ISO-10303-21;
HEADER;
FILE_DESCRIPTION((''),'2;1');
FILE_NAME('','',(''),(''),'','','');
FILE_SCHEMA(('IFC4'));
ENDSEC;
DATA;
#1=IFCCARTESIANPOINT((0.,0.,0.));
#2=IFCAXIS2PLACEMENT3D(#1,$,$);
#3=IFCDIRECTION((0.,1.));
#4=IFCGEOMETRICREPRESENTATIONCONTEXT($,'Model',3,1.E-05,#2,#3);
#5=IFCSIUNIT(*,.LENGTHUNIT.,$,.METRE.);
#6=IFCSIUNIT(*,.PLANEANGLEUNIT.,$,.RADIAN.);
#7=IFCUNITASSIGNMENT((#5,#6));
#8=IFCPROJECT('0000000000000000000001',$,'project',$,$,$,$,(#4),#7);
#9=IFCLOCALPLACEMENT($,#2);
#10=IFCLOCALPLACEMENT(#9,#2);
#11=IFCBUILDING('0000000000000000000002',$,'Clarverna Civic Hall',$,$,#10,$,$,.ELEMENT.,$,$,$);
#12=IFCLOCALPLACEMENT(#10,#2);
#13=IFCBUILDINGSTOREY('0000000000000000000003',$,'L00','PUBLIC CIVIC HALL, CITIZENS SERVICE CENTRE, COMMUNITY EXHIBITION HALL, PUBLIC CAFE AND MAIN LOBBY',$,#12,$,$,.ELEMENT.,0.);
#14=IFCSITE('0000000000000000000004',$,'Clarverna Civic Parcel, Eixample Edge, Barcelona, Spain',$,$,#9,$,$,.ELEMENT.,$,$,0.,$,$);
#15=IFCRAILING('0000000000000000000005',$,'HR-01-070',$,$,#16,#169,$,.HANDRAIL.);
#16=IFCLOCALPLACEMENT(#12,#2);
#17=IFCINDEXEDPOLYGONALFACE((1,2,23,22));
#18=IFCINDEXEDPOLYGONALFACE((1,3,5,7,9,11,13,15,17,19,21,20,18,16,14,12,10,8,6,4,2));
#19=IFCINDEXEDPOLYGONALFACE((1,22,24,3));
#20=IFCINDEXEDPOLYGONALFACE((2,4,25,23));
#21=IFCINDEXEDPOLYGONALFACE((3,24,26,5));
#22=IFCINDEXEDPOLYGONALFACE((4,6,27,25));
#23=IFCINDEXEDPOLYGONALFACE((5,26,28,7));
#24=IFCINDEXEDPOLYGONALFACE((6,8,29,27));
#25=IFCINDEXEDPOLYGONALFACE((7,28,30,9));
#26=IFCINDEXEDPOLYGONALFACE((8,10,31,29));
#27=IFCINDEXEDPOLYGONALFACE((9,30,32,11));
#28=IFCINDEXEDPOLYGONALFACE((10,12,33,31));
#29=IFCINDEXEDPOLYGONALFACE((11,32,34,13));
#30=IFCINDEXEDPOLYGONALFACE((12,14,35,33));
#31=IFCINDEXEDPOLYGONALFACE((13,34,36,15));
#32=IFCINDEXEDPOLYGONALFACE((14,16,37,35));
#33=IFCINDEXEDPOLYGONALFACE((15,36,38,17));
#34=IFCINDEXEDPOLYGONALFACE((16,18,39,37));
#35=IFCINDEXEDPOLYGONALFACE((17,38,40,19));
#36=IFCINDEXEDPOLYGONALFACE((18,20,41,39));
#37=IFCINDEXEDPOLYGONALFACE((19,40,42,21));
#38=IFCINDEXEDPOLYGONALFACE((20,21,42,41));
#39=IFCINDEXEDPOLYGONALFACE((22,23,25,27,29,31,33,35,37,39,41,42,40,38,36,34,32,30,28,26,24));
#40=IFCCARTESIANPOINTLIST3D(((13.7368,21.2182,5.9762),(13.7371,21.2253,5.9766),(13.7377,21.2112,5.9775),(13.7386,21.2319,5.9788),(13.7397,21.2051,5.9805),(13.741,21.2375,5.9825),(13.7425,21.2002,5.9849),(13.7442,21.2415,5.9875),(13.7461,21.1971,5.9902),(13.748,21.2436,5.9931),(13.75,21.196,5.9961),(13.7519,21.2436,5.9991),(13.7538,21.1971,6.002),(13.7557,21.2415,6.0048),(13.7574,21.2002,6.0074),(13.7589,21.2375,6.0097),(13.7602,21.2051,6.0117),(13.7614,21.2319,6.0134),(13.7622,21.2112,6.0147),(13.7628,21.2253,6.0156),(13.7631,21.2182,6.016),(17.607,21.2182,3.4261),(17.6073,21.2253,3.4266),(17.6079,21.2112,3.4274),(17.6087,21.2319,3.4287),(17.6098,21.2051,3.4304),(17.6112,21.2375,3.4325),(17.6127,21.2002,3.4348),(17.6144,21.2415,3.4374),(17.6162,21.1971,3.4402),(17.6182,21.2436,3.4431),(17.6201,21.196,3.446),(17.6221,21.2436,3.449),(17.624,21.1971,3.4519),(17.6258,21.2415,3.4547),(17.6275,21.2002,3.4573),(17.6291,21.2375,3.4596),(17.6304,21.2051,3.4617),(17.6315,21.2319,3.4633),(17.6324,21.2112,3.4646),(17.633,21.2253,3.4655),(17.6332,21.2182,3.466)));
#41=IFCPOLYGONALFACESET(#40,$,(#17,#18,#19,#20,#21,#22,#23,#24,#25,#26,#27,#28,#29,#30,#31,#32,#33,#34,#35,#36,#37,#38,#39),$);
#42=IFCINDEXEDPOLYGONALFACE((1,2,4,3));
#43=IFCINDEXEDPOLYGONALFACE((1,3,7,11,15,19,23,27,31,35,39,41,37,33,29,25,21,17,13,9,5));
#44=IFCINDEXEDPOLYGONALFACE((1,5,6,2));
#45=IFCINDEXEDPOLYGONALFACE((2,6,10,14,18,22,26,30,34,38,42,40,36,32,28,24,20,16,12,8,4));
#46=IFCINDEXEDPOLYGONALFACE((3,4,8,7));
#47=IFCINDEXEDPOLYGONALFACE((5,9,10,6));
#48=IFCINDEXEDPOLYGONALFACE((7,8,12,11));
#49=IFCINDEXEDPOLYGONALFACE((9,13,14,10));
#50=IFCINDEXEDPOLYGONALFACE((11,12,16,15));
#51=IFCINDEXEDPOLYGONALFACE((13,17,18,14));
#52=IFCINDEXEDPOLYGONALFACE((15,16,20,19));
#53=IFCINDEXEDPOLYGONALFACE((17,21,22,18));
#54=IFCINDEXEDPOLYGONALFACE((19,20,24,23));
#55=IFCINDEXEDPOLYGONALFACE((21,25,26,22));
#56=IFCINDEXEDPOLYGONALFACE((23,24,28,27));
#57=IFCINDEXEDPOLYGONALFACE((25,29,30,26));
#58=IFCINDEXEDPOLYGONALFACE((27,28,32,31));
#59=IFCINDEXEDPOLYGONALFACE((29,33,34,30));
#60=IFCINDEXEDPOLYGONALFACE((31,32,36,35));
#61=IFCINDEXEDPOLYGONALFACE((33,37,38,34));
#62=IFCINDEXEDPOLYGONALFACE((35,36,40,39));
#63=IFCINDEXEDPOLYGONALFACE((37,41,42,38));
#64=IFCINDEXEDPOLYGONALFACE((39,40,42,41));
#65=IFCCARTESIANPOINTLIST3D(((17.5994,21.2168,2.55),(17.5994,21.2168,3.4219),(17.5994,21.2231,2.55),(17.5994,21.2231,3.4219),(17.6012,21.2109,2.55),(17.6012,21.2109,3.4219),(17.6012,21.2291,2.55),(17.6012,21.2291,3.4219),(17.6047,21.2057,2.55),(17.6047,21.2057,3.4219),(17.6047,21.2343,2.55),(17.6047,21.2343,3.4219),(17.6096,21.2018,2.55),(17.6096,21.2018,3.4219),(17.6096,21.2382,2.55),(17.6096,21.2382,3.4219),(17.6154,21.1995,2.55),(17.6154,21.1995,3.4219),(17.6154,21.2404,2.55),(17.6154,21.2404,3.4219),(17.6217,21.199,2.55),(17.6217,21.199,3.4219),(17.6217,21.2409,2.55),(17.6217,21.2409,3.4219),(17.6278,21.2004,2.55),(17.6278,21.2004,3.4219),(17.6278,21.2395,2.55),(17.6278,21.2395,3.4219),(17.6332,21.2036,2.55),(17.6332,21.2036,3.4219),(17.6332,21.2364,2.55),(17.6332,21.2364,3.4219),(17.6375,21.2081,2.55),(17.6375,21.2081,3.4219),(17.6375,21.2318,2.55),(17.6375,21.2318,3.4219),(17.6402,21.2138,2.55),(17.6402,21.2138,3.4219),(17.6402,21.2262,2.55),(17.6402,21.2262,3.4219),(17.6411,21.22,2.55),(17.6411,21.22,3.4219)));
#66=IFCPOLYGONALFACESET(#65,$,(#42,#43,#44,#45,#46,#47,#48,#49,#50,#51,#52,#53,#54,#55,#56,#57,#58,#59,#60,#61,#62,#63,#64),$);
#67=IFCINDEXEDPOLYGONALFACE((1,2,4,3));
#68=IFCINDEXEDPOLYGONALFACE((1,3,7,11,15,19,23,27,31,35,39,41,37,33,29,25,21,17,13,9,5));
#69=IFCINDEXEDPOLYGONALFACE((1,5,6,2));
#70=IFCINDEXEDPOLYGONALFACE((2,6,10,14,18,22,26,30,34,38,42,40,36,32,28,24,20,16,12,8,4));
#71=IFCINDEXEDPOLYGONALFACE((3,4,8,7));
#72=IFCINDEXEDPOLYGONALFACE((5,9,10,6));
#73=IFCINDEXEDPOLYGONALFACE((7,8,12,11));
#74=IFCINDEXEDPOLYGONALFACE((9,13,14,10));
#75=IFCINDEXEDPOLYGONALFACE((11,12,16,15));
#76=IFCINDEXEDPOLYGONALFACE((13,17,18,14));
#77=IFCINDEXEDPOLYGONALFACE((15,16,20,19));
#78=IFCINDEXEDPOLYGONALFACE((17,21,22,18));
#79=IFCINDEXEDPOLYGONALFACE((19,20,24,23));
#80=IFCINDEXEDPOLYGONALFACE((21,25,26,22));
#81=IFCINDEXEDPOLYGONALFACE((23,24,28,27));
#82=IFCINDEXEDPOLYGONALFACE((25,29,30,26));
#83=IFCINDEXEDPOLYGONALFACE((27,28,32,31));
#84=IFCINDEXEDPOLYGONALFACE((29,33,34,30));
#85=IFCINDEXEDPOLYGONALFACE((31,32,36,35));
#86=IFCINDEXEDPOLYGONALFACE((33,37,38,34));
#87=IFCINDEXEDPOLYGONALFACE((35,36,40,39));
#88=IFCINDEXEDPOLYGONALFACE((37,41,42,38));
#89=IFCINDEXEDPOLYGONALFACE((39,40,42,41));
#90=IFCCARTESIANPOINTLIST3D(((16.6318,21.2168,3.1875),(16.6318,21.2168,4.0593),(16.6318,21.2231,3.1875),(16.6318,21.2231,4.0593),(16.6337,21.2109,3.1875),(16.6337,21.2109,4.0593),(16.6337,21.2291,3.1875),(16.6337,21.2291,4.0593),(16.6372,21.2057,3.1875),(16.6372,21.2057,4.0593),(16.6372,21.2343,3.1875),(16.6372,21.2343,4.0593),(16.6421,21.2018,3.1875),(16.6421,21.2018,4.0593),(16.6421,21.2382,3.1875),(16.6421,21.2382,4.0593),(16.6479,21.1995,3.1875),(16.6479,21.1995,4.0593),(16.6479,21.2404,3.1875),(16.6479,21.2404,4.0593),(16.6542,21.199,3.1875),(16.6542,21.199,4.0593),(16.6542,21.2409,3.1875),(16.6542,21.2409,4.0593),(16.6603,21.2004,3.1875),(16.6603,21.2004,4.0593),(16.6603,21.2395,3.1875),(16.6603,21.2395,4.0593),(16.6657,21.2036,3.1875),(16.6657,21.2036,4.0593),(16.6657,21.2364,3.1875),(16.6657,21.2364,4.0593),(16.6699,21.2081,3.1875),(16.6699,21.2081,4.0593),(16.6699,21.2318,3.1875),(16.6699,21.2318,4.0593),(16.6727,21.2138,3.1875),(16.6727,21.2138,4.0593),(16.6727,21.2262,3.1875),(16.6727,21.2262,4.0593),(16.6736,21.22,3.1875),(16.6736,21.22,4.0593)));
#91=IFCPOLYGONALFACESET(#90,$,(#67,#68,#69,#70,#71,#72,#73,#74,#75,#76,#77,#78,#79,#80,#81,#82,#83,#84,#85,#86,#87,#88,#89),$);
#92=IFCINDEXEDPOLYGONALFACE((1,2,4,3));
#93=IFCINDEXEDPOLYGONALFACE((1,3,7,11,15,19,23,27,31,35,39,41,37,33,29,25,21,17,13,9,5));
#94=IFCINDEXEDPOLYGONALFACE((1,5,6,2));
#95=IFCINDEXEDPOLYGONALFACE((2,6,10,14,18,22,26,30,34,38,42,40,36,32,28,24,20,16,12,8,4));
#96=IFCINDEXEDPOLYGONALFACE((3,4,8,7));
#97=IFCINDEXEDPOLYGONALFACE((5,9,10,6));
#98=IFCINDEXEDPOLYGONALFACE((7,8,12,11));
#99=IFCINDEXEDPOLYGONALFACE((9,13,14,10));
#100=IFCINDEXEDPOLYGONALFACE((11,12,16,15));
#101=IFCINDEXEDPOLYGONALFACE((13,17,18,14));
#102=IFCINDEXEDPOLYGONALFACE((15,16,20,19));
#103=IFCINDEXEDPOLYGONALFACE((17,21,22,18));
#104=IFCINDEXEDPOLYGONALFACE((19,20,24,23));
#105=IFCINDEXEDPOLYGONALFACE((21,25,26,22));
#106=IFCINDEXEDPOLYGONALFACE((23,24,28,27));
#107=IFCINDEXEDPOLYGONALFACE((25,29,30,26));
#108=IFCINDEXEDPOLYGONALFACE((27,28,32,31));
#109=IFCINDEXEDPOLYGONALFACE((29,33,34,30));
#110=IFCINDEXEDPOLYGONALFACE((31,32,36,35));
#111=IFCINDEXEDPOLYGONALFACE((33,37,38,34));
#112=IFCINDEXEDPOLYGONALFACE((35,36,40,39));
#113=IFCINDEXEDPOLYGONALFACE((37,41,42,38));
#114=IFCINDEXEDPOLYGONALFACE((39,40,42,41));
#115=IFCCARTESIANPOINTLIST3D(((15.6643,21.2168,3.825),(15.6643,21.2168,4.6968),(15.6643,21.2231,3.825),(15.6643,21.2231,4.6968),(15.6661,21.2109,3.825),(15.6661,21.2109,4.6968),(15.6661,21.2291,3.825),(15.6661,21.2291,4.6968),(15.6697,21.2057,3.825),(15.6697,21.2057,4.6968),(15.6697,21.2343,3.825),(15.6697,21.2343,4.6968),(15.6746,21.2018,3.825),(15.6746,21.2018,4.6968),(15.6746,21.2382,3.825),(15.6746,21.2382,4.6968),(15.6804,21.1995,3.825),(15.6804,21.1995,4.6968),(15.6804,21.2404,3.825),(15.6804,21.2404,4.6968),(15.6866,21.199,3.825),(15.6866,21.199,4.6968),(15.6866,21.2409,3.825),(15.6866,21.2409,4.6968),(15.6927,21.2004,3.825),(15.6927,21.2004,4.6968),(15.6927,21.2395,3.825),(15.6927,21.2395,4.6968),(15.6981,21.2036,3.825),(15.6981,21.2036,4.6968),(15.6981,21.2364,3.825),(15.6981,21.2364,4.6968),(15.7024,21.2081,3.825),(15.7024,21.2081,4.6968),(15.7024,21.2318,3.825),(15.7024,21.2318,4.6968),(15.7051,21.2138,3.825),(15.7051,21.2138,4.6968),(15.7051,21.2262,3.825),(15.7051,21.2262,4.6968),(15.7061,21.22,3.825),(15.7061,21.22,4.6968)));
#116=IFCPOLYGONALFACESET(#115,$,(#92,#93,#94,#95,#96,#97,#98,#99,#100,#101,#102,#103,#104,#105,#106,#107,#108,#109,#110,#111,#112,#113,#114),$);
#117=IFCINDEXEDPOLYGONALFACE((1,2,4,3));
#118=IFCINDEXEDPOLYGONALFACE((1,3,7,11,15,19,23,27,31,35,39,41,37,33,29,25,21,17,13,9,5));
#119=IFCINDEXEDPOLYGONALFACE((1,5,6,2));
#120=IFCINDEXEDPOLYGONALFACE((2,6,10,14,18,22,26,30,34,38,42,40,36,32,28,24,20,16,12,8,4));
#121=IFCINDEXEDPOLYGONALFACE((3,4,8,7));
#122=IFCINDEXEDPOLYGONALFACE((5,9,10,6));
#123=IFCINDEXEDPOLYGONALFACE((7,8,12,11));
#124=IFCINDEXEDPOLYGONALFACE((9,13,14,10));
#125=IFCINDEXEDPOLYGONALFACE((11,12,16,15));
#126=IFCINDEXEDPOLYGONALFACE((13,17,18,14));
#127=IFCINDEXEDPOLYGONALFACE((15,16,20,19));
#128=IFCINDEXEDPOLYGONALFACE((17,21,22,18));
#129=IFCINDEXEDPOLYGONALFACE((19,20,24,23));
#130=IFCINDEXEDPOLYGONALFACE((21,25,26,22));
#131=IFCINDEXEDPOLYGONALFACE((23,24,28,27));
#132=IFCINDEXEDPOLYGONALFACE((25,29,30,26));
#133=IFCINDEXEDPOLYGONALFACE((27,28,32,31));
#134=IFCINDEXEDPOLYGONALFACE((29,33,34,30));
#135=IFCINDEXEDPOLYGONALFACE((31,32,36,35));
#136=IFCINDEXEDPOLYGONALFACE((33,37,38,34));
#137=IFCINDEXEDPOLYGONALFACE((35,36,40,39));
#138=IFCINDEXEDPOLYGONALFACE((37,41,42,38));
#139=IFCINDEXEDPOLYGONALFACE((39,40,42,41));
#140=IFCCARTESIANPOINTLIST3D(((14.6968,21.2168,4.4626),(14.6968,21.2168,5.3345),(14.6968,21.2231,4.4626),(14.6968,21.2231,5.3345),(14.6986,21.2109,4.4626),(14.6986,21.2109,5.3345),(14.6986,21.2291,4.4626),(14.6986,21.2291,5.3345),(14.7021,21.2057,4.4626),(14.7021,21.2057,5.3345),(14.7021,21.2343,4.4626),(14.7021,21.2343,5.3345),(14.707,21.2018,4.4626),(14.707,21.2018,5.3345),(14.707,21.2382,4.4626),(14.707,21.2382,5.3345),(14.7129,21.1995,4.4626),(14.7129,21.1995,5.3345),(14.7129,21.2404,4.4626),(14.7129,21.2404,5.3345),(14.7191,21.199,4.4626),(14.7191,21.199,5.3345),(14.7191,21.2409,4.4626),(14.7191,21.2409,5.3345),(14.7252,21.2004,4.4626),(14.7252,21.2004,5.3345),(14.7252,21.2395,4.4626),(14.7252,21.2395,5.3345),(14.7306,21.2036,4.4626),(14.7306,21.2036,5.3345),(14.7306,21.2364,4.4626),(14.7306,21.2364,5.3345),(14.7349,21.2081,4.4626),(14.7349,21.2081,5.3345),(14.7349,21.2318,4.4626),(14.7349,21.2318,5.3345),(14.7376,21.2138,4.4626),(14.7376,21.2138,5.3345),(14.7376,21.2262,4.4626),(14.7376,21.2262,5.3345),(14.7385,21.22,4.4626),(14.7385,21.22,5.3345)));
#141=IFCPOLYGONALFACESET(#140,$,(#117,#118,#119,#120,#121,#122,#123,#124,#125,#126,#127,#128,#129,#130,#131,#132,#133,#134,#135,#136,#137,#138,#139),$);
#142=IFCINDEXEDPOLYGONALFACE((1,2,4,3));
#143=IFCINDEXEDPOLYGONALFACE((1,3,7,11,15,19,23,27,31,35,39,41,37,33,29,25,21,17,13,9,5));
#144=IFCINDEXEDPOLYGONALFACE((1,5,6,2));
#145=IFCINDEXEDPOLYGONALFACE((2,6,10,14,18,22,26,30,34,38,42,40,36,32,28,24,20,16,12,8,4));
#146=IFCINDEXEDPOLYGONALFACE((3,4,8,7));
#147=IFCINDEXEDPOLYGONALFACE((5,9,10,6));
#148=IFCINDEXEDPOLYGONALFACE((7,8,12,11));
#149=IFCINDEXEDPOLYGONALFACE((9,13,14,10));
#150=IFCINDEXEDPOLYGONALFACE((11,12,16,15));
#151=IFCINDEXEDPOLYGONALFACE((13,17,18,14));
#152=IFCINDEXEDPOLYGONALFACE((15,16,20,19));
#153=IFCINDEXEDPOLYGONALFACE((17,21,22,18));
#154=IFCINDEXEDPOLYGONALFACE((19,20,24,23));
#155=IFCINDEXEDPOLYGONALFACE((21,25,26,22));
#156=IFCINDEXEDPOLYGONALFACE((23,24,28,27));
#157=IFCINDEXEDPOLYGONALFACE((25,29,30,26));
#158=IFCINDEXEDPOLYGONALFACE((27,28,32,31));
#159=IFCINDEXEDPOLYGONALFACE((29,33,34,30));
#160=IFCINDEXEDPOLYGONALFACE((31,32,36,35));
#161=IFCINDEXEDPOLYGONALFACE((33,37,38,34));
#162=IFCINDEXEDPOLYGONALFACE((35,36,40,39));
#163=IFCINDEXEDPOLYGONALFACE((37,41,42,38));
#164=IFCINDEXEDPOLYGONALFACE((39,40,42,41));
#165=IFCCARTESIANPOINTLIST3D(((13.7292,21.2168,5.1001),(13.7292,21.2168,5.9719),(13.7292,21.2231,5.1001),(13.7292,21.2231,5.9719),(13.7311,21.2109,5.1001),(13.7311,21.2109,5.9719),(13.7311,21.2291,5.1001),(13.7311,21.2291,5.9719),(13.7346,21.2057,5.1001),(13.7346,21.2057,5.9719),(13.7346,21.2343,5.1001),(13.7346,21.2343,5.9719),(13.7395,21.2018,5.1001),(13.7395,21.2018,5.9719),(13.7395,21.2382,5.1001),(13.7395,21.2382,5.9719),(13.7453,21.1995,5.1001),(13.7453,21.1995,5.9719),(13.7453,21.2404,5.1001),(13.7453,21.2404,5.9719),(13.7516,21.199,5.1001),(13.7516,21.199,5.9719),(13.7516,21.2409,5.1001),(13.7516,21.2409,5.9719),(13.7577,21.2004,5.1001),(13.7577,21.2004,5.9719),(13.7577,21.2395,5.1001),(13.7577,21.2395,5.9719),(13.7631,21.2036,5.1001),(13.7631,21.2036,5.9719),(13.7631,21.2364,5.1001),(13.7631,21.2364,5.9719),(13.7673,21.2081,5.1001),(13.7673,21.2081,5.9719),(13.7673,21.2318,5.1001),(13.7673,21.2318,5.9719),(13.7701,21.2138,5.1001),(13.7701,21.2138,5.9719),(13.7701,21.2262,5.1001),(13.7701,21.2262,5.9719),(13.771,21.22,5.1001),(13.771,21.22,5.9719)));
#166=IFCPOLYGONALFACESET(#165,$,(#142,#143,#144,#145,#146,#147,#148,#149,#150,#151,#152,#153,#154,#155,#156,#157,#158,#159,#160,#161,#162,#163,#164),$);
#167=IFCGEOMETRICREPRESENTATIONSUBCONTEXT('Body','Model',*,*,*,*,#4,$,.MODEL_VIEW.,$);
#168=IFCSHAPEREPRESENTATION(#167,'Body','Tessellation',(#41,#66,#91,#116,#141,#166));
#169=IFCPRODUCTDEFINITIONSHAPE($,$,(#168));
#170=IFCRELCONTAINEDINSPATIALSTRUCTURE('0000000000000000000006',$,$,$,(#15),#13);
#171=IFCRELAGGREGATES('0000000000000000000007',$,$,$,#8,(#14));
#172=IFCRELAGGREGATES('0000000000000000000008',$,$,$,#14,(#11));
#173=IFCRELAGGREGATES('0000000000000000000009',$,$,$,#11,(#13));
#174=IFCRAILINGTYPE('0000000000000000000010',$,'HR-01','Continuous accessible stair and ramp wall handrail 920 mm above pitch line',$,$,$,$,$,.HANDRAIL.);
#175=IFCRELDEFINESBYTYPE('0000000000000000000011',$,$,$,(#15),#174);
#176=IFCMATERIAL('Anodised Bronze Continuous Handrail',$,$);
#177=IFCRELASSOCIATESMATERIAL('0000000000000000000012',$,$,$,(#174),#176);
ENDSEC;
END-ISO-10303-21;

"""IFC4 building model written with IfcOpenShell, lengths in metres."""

from ifc_helpers import new_model, si_unit, direction, frame, origin, origin_2d, place, context, subcontext, project, spatial, circle, extrude, material, type_object, element, save


model = new_model("IFC4")

# Units and contexts
model_context = context("Model", 3, precision=1e-05, world=origin(), true_north=direction((0.0, 1.0)))
body_context = subcontext(model_context, "Body", "Model", "MODEL_VIEW")
ifc_project = project(units=[si_unit("LENGTHUNIT", "METRE"), si_unit("PLANEANGLEUNIT", "RADIAN")], contexts=[model_context])

# Site, building, storey
site_placement = place(None, origin())
site = spatial("IfcSite", under=ifc_project, at=site_placement, Name="Clarverna Civic Parcel, Eixample Edge, Barcelona, Spain", CompositionType="ELEMENT", RefElevation=0.0)
building_placement = place(site_placement, origin())
building = spatial("IfcBuilding", under=site, at=building_placement, Name="Clarverna Civic Hall", CompositionType="ELEMENT")
storey_placement = place(building_placement, origin())
storey = spatial("IfcBuildingStorey", under=building, at=storey_placement, Name="L00", Description="PUBLIC CIVIC HALL, CITIZENS SERVICE CENTRE, COMMUNITY EXHIBITION HALL, PUBLIC CAFE AND MAIN LOBBY", CompositionType="ELEMENT", Elevation=0.0)

# Railing
ifc_material_1 = material(Name="Anodised Bronze Continuous Handrail")
railing_type_1 = type_object("IfcRailingType", Name="HR-01", Description="Continuous accessible stair and ramp wall handrail 920 mm above pitch line", PredefinedType="HANDRAIL", material=ifc_material_1)
railing_1_placement = place(storey_placement, frame((17.6201, 21.22, 2.55)))
element("IfcRailing", 1, at=railing_1_placement, inside=storey, type_object=railing_type_1, Name="HR-01-070", PredefinedType="HANDRAIL", context=body_context, shape_type="SweptSolid", body=[
    extrude(circle(Radius=0.0239, at=origin_2d()), frame((0.0, 0.0, 0.896), z_axis=(-0.835029, 0.0, 0.550207), x_axis=(0.0, -1.0, 0.0)), (0.0, 0.0, 1.0), 4.6348),
    extrude(circle(Radius=0.021, at=origin_2d()), origin(), (0.0, 0.0, 1.0), 0.8718),
    extrude(circle(Radius=0.021, at=origin_2d()), frame((-0.9675, 0.0, 0.6375)), (0.0, 0.0, 1.0), 0.8718),
    extrude(circle(Radius=0.021, at=origin_2d()), frame((-1.9351, 0.0, 1.2749)), (0.0, 0.0, 1.0), 0.8718),
    extrude(circle(Radius=0.021, at=origin_2d()), frame((-2.9026, 0.0, 1.9126)), (0.0, 0.0, 1.0), 0.8718),
    extrude(circle(Radius=0.021, at=origin_2d()), frame((-3.8701, 0.0, 2.55)), (0.0, 0.0, 1.0), 0.8718),
])

save(model, "model.ifc")
